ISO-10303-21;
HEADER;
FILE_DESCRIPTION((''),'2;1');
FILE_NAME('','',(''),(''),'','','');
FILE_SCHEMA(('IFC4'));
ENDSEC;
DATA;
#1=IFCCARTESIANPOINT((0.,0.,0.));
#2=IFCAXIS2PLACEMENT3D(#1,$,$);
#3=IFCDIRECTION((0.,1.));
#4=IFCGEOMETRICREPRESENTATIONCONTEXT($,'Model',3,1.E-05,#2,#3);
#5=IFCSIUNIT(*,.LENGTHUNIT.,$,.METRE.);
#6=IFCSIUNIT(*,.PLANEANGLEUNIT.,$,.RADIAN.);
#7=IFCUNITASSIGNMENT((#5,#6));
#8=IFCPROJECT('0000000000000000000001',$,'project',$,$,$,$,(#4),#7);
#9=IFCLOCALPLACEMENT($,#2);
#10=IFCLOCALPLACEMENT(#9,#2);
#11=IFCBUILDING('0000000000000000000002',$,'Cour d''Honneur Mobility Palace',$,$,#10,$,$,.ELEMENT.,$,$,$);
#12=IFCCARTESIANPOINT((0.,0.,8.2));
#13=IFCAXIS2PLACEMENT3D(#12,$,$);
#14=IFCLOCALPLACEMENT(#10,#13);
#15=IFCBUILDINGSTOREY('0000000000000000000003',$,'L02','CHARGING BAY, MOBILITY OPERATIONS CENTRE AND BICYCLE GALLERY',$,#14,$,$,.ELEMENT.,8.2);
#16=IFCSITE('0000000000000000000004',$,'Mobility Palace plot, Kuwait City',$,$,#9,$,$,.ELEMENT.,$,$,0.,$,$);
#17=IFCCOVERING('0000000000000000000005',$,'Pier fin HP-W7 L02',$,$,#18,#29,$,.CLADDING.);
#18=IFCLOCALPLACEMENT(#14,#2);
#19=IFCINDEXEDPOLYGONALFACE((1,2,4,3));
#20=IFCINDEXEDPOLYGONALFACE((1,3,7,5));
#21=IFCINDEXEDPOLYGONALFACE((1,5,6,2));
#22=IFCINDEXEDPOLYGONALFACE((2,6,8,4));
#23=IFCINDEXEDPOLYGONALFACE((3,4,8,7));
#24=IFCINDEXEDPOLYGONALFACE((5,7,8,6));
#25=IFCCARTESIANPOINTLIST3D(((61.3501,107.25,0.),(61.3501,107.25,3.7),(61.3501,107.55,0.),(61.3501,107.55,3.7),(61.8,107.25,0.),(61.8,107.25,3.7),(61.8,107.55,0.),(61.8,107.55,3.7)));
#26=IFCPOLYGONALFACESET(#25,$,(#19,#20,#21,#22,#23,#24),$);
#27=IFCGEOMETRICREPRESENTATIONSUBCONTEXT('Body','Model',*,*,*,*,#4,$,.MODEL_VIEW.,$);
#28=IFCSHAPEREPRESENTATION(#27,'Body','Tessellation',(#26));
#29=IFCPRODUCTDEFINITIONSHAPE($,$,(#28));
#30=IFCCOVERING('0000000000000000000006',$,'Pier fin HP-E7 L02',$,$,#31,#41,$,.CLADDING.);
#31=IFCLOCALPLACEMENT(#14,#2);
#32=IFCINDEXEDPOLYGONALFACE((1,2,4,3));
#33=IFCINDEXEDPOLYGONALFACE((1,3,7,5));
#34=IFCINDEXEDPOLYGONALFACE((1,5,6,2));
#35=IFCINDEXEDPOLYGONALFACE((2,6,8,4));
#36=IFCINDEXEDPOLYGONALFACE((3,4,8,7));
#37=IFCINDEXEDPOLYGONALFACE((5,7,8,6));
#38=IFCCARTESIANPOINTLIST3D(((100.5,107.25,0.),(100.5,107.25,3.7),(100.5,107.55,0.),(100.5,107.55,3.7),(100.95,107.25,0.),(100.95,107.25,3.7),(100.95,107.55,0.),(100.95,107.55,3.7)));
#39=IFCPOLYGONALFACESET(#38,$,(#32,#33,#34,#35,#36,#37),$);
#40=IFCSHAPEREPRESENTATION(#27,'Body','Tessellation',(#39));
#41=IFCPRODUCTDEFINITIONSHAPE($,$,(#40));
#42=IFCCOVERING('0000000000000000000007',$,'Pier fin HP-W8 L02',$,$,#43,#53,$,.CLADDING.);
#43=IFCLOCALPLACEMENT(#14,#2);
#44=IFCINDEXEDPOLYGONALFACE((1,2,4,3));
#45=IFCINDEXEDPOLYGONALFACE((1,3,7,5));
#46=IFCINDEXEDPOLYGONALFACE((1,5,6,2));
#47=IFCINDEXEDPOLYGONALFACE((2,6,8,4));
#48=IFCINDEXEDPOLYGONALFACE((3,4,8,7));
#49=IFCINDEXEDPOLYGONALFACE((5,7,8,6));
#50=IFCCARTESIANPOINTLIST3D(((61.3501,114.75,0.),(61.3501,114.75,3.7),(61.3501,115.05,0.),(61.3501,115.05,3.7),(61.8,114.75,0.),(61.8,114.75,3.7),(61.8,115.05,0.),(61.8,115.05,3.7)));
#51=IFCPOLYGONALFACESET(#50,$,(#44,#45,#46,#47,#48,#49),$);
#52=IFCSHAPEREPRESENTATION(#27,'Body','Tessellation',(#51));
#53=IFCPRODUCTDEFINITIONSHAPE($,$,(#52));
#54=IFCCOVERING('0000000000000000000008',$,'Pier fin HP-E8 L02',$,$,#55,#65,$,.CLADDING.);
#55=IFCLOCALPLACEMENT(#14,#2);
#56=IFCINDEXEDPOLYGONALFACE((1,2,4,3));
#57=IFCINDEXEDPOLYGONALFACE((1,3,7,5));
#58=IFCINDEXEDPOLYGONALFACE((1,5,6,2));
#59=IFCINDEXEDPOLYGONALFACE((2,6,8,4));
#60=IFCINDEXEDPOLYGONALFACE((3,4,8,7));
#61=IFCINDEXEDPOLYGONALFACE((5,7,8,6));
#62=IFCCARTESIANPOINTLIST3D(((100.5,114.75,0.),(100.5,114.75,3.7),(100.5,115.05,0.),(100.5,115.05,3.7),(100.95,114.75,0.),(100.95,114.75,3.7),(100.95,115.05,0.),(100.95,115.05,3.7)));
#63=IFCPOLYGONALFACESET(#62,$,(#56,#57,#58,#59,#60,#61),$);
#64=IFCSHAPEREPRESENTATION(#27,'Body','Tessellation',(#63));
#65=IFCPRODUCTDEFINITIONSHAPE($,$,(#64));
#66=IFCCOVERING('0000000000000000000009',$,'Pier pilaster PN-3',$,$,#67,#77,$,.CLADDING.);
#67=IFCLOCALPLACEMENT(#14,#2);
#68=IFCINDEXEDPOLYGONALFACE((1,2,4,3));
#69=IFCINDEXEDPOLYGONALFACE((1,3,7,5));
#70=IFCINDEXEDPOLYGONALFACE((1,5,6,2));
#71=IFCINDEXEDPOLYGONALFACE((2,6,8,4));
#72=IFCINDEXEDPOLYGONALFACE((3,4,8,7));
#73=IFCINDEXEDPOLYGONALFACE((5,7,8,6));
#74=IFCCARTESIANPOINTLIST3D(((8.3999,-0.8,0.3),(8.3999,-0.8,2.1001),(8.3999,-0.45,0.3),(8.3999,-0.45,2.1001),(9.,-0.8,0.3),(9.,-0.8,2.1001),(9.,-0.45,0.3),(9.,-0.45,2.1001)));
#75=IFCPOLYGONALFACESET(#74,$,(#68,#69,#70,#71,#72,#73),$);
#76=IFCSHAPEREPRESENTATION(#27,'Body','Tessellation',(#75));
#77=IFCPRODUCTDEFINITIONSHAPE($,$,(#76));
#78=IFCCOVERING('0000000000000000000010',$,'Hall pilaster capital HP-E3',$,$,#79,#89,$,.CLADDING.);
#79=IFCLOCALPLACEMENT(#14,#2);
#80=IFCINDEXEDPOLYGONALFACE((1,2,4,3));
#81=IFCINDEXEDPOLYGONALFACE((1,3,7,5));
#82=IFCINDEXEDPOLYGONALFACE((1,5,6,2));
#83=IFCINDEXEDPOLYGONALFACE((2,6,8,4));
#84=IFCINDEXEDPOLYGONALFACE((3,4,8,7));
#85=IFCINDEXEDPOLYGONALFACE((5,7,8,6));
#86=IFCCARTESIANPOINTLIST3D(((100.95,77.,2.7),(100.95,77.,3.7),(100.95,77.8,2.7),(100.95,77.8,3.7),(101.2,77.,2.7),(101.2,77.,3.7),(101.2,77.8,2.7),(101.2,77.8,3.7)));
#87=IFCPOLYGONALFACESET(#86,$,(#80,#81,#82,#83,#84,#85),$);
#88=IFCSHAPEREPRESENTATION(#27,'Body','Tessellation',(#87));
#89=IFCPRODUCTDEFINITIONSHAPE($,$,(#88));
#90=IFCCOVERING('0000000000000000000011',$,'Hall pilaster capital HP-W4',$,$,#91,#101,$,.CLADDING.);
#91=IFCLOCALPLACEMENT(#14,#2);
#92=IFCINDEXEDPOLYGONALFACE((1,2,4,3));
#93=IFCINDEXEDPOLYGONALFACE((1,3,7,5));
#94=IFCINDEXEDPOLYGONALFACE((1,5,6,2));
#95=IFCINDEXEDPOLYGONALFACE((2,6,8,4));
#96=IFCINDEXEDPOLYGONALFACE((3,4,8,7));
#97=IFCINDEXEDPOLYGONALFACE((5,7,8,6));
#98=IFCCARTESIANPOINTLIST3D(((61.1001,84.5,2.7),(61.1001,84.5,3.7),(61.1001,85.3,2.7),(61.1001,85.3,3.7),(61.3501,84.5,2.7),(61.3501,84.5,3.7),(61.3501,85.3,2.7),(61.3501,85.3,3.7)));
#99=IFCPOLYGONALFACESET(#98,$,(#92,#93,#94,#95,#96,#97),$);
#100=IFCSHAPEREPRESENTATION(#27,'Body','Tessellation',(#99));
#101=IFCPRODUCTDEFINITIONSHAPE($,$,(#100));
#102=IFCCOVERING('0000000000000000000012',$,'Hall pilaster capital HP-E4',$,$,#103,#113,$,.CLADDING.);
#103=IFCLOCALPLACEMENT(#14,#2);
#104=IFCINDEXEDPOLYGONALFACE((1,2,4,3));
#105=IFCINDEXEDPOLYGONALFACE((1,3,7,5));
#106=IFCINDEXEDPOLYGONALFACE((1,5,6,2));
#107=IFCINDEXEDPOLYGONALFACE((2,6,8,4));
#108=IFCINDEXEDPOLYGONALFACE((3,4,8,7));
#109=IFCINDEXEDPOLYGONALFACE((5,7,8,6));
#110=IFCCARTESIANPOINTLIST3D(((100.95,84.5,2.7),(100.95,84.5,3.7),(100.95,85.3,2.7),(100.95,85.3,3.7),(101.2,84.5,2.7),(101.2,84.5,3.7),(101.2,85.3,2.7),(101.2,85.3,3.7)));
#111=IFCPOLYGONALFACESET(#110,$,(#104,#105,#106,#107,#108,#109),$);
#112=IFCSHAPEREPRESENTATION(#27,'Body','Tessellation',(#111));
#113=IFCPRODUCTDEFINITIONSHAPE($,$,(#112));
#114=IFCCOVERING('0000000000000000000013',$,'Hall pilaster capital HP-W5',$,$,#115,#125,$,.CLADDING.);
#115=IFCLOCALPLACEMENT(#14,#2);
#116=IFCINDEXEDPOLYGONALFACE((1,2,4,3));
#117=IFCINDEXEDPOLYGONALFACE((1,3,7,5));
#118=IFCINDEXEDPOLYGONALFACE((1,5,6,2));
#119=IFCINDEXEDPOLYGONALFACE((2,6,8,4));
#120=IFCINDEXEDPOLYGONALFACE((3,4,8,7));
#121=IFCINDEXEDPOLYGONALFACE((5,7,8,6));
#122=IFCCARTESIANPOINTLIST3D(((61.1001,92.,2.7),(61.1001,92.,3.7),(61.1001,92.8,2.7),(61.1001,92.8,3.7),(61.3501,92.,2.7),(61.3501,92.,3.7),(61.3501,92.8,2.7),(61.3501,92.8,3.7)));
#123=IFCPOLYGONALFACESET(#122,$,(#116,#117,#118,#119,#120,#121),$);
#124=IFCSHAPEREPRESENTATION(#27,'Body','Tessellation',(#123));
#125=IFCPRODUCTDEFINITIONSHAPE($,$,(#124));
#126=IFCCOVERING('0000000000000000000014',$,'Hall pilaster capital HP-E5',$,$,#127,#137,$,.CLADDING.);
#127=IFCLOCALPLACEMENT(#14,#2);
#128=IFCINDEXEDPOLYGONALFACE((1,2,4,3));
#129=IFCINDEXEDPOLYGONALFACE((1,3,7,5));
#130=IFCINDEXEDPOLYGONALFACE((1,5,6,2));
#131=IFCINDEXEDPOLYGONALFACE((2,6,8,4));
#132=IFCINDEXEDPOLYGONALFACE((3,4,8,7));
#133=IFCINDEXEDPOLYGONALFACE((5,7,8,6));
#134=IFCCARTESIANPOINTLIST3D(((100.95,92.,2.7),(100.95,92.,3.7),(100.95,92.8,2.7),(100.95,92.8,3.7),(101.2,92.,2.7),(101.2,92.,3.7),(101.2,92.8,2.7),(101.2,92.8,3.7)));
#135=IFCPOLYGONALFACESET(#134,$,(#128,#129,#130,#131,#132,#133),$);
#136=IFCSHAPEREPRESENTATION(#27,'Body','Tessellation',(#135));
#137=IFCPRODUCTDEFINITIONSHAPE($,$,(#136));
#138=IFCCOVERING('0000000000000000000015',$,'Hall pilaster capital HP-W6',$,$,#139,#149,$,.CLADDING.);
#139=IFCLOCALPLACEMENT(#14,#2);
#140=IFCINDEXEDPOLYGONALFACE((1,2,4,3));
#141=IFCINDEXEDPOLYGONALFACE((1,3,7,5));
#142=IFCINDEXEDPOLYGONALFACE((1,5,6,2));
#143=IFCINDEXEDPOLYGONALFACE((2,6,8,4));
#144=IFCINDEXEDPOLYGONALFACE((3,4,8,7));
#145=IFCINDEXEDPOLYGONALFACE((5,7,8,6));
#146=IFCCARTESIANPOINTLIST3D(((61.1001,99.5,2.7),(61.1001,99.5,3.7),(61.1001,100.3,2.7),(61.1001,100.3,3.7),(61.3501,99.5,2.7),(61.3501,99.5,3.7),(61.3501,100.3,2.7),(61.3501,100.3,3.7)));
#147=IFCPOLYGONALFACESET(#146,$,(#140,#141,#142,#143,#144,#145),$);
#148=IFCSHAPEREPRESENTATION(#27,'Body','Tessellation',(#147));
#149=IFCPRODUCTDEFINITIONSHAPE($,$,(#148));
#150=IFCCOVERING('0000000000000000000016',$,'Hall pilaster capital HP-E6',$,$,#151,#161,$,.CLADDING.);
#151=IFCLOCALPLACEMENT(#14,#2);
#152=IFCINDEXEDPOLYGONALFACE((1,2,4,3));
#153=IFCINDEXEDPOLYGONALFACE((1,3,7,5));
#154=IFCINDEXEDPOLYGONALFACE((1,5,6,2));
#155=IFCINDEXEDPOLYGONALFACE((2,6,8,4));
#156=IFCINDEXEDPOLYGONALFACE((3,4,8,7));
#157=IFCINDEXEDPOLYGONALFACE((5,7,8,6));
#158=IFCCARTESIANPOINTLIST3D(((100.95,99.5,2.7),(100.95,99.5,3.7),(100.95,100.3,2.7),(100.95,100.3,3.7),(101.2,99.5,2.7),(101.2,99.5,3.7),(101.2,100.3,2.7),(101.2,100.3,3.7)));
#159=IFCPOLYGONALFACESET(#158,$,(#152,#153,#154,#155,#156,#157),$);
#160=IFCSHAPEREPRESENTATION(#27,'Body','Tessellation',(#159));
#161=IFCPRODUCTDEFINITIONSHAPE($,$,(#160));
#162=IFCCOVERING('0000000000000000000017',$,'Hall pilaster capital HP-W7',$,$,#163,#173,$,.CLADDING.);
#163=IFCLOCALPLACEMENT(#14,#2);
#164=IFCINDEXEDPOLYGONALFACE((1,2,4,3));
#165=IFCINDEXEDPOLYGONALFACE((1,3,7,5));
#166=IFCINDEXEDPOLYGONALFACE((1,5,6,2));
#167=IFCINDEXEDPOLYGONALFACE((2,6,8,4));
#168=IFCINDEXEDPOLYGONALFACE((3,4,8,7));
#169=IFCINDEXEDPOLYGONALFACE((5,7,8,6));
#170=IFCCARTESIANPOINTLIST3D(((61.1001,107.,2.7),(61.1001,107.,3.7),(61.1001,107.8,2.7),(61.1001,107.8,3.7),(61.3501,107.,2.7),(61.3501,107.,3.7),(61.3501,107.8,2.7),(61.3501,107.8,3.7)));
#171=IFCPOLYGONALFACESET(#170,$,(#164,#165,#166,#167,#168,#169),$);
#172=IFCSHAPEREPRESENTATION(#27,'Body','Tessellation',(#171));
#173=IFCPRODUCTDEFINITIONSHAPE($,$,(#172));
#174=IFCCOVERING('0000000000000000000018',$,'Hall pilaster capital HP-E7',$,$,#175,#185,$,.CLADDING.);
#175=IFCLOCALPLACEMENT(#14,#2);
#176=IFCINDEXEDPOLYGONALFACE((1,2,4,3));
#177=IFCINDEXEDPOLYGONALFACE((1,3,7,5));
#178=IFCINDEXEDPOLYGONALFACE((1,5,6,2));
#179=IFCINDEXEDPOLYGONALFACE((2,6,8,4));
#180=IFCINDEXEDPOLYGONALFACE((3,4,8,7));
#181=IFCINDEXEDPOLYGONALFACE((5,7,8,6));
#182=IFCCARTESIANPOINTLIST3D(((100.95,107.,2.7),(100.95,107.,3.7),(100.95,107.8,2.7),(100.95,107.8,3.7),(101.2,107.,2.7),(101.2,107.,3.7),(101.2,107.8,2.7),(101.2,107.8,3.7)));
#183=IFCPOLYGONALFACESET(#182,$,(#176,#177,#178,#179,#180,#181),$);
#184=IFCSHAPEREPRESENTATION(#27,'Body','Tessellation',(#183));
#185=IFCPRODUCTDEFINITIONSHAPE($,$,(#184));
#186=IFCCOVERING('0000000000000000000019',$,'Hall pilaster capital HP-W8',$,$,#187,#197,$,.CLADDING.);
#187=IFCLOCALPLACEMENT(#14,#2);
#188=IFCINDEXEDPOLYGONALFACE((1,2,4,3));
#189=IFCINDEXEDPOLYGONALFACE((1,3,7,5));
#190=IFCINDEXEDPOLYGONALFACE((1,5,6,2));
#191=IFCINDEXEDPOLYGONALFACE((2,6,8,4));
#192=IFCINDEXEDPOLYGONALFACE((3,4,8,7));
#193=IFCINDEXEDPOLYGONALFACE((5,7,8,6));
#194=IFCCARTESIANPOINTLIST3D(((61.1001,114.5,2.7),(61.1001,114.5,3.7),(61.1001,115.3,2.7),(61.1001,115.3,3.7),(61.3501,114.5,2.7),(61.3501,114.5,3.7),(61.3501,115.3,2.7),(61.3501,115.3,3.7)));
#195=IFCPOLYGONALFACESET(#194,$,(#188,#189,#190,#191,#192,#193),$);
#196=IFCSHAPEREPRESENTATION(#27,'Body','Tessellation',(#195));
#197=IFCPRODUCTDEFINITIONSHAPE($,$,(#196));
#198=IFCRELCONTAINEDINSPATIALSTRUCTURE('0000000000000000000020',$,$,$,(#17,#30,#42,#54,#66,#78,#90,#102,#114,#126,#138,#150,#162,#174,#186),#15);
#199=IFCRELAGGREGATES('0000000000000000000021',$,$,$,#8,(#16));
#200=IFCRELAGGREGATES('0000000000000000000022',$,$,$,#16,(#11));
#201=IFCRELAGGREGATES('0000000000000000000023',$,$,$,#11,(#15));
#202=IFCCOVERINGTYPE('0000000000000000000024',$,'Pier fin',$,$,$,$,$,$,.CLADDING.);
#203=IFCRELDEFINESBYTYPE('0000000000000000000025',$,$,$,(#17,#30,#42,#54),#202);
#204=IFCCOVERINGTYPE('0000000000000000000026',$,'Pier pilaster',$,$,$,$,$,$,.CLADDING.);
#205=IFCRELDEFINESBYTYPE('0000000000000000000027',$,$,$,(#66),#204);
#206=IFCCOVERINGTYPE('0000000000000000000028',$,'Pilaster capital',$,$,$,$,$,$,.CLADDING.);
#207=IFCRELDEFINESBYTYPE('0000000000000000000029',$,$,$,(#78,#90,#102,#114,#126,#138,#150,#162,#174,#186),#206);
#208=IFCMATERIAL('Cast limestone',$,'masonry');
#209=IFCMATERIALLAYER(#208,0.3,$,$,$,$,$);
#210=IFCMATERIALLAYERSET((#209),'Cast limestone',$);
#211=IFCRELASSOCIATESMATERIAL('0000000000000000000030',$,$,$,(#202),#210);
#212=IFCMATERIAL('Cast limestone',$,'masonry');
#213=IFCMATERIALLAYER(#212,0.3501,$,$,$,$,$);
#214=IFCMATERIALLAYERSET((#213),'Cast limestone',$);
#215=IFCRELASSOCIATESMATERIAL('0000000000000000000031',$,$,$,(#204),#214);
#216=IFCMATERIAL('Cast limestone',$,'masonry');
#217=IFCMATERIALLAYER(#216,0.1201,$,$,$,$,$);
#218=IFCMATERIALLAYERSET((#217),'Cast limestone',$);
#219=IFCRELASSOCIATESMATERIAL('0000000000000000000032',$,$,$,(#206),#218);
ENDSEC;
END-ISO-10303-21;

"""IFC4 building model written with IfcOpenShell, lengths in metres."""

from ifc_helpers import new_model, si_unit, direction, frame, origin, place, context, subcontext, project, spatial, polyline, outline, extrude, material, layer, layer_set, type_object, element, save


model = new_model("IFC4")

# Units and contexts
model_context = context("Model", 3, precision=1e-05, world=origin(), true_north=direction((0.0, 1.0)))
body_context = subcontext(model_context, "Body", "Model", "MODEL_VIEW")
ifc_project = project(units=[si_unit("LENGTHUNIT", "METRE"), si_unit("PLANEANGLEUNIT", "RADIAN")], contexts=[model_context])

# Site, building, storey
site_placement = place(None, origin())
site = spatial("IfcSite", under=ifc_project, at=site_placement, Name="Mobility Palace plot, Kuwait City", CompositionType="ELEMENT", RefElevation=0.0)
building_placement = place(site_placement, origin())
building = spatial("IfcBuilding", under=site, at=building_placement, Name="Cour d'Honneur Mobility Palace", CompositionType="ELEMENT")
storey_placement = place(building_placement, frame((0.0, 0.0, 8.2)))
storey = spatial("IfcBuildingStorey", under=building, at=storey_placement, Name="L02", Description="CHARGING BAY, MOBILITY OPERATIONS CENTRE AND BICYCLE GALLERY", CompositionType="ELEMENT", Elevation=8.2)

# Coverings
ifc_material_1 = material(Name="Cast limestone", Category="masonry")
ifc_layer_1 = layer(ifc_material_1, 0.3)
ifc_layer_set_1 = layer_set([ifc_layer_1], Name="Cast limestone")
covering_type_1 = type_object("IfcCoveringType", Name="Pier fin", PredefinedType="CLADDING", material=ifc_layer_set_1)
covering_1_placement = place(storey_placement, origin())
element("IfcCovering", 1, at=covering_1_placement, inside=storey, type_object=covering_type_1, Name="Pier fin HP-W7 L02", PredefinedType="CLADDING", context=body_context, shape_type="SweptSolid", body=[
    extrude(outline(polyline([(61.3501, 107.25), (61.8, 107.25), (61.8, 107.55), (61.3501, 107.55), (61.3501, 107.25)])), origin(), (0.0, 0.0, 1.0), 3.7),
])
covering_2_placement = place(storey_placement, origin())
element("IfcCovering", 2, at=covering_2_placement, inside=storey, type_object=covering_type_1, Name="Pier fin HP-E7 L02", PredefinedType="CLADDING", context=body_context, shape_type="SweptSolid", body=[
    extrude(outline(polyline([(100.5, 107.25), (100.95, 107.25), (100.95, 107.55), (100.5, 107.55), (100.5, 107.25)])), origin(), (0.0, 0.0, 1.0), 3.7),
])
covering_3_placement = place(storey_placement, origin())
element("IfcCovering", 3, at=covering_3_placement, inside=storey, type_object=covering_type_1, Name="Pier fin HP-W8 L02", PredefinedType="CLADDING", context=body_context, shape_type="SweptSolid", body=[
    extrude(outline(polyline([(61.3501, 114.75), (61.8, 114.75), (61.8, 115.05), (61.3501, 115.05), (61.3501, 114.75)])), origin(), (0.0, 0.0, 1.0), 3.7),
])
covering_4_placement = place(storey_placement, origin())
element("IfcCovering", 4, at=covering_4_placement, inside=storey, type_object=covering_type_1, Name="Pier fin HP-E8 L02", PredefinedType="CLADDING", context=body_context, shape_type="SweptSolid", body=[
    extrude(outline(polyline([(100.5, 114.75), (100.95, 114.75), (100.95, 115.05), (100.5, 115.05), (100.5, 114.75)])), origin(), (0.0, 0.0, 1.0), 3.7),
])
ifc_material_2 = material(Name="Cast limestone", Category="masonry")
ifc_layer_2 = layer(ifc_material_2, 0.3501)
ifc_layer_set_2 = layer_set([ifc_layer_2], Name="Cast limestone")
covering_type_2 = type_object("IfcCoveringType", Name="Pier pilaster", PredefinedType="CLADDING", material=ifc_layer_set_2)
covering_5_placement = place(storey_placement, frame((0.0, 0.0, 0.3)))
element("IfcCovering", 5, at=covering_5_placement, inside=storey, type_object=covering_type_2, Name="Pier pilaster PN-3", PredefinedType="CLADDING", context=body_context, shape_type="SweptSolid", body=[
    extrude(outline(polyline([(8.3999, -0.45), (9.0, -0.45), (9.0, -0.8), (8.3999, -0.8), (8.3999, -0.45)])), origin(), (0.0, 0.0, 1.0), 1.8),
])
ifc_material_3 = material(Name="Cast limestone", Category="masonry")
ifc_layer_3 = layer(ifc_material_3, 0.1201)
ifc_layer_set_3 = layer_set([ifc_layer_3], Name="Cast limestone")
covering_type_3 = type_object("IfcCoveringType", Name="Pilaster capital", PredefinedType="CLADDING", material=ifc_layer_set_3)
covering_6_placement = place(storey_placement, frame((0.0, 0.0, 2.7)))
element("IfcCovering", 6, at=covering_6_placement, inside=storey, type_object=covering_type_3, Name="Hall pilaster capital HP-E3", PredefinedType="CLADDING", context=body_context, shape_type="SweptSolid", body=[
    extrude(outline(polyline([(100.95, 77.0), (101.2, 77.0), (101.2, 77.8), (100.95, 77.8), (100.95, 77.0)])), origin(), (0.0, 0.0, 1.0), 1.0),
])
covering_7_placement = place(storey_placement, frame((0.0, 0.0, 2.7)))
element("IfcCovering", 7, at=covering_7_placement, inside=storey, type_object=covering_type_3, Name="Hall pilaster capital HP-W4", PredefinedType="CLADDING", context=body_context, shape_type="SweptSolid", body=[
    extrude(outline(polyline([(61.1001, 84.5), (61.3501, 84.5), (61.3501, 85.3), (61.1001, 85.3), (61.1001, 84.5)])), origin(), (0.0, 0.0, 1.0), 1.0),
])
covering_8_placement = place(storey_placement, frame((0.0, 0.0, 2.7)))
element("IfcCovering", 8, at=covering_8_placement, inside=storey, type_object=covering_type_3, Name="Hall pilaster capital HP-E4", PredefinedType="CLADDING", context=body_context, shape_type="SweptSolid", body=[
    extrude(outline(polyline([(100.95, 84.5), (101.2, 84.5), (101.2, 85.3), (100.95, 85.3), (100.95, 84.5)])), origin(), (0.0, 0.0, 1.0), 1.0),
])
covering_9_placement = place(storey_placement, frame((0.0, 0.0, 2.7)))
element("IfcCovering", 9, at=covering_9_placement, inside=storey, type_object=covering_type_3, Name="Hall pilaster capital HP-W5", PredefinedType="CLADDING", context=body_context, shape_type="SweptSolid", body=[
    extrude(outline(polyline([(61.1001, 92.0), (61.3501, 92.0), (61.3501, 92.8), (61.1001, 92.8), (61.1001, 92.0)])), origin(), (0.0, 0.0, 1.0), 1.0),
])
covering_10_placement = place(storey_placement, frame((0.0, 0.0, 2.7)))
element("IfcCovering", 10, at=covering_10_placement, inside=storey, type_object=covering_type_3, Name="Hall pilaster capital HP-E5", PredefinedType="CLADDING", context=body_context, shape_type="SweptSolid", body=[
    extrude(outline(polyline([(100.95, 92.0), (101.2, 92.0), (101.2, 92.8), (100.95, 92.8), (100.95, 92.0)])), origin(), (0.0, 0.0, 1.0), 1.0),
])
covering_11_placement = place(storey_placement, frame((0.0, 0.0, 2.7)))
element("IfcCovering", 11, at=covering_11_placement, inside=storey, type_object=covering_type_3, Name="Hall pilaster capital HP-W6", PredefinedType="CLADDING", context=body_context, shape_type="SweptSolid", body=[
    extrude(outline(polyline([(61.1001, 99.5), (61.3501, 99.5), (61.3501, 100.3), (61.1001, 100.3), (61.1001, 99.5)])), origin(), (0.0, 0.0, 1.0), 1.0),
])
covering_12_placement = place(storey_placement, frame((0.0, 0.0, 2.7)))
element("IfcCovering", 12, at=covering_12_placement, inside=storey, type_object=covering_type_3, Name="Hall pilaster capital HP-E6", PredefinedType="CLADDING", context=body_context, shape_type="SweptSolid", body=[
    extrude(outline(polyline([(100.95, 99.5), (101.2, 99.5), (101.2, 100.3), (100.95, 100.3), (100.95, 99.5)])), origin(), (0.0, 0.0, 1.0), 1.0),
])
covering_13_placement = place(storey_placement, frame((0.0, 0.0, 2.7)))
element("IfcCovering", 13, at=covering_13_placement, inside=storey, type_object=covering_type_3, Name="Hall pilaster capital HP-W7", PredefinedType="CLADDING", context=body_context, shape_type="SweptSolid", body=[
    extrude(outline(polyline([(61.1001, 107.0), (61.3501, 107.0), (61.3501, 107.8), (61.1001, 107.8), (61.1001, 107.0)])), origin(), (0.0, 0.0, 1.0), 1.0),
])
covering_14_placement = place(storey_placement, frame((0.0, 0.0, 2.7)))
element("IfcCovering", 14, at=covering_14_placement, inside=storey, type_object=covering_type_3, Name="Hall pilaster capital HP-E7", PredefinedType="CLADDING", context=body_context, shape_type="SweptSolid", body=[
    extrude(outline(polyline([(100.95, 107.0), (101.2, 107.0), (101.2, 107.8), (100.95, 107.8), (100.95, 107.0)])), origin(), (0.0, 0.0, 1.0), 1.0),
])
covering_15_placement = place(storey_placement, frame((0.0, 0.0, 2.7)))
element("IfcCovering", 15, at=covering_15_placement, inside=storey, type_object=covering_type_3, Name="Hall pilaster capital HP-W8", PredefinedType="CLADDING", context=body_context, shape_type="SweptSolid", body=[
    extrude(outline(polyline([(61.1001, 114.5), (61.3501, 114.5), (61.3501, 115.3), (61.1001, 115.3), (61.1001, 114.5)])), origin(), (0.0, 0.0, 1.0), 1.0),
])

save(model, "model.ifc")
